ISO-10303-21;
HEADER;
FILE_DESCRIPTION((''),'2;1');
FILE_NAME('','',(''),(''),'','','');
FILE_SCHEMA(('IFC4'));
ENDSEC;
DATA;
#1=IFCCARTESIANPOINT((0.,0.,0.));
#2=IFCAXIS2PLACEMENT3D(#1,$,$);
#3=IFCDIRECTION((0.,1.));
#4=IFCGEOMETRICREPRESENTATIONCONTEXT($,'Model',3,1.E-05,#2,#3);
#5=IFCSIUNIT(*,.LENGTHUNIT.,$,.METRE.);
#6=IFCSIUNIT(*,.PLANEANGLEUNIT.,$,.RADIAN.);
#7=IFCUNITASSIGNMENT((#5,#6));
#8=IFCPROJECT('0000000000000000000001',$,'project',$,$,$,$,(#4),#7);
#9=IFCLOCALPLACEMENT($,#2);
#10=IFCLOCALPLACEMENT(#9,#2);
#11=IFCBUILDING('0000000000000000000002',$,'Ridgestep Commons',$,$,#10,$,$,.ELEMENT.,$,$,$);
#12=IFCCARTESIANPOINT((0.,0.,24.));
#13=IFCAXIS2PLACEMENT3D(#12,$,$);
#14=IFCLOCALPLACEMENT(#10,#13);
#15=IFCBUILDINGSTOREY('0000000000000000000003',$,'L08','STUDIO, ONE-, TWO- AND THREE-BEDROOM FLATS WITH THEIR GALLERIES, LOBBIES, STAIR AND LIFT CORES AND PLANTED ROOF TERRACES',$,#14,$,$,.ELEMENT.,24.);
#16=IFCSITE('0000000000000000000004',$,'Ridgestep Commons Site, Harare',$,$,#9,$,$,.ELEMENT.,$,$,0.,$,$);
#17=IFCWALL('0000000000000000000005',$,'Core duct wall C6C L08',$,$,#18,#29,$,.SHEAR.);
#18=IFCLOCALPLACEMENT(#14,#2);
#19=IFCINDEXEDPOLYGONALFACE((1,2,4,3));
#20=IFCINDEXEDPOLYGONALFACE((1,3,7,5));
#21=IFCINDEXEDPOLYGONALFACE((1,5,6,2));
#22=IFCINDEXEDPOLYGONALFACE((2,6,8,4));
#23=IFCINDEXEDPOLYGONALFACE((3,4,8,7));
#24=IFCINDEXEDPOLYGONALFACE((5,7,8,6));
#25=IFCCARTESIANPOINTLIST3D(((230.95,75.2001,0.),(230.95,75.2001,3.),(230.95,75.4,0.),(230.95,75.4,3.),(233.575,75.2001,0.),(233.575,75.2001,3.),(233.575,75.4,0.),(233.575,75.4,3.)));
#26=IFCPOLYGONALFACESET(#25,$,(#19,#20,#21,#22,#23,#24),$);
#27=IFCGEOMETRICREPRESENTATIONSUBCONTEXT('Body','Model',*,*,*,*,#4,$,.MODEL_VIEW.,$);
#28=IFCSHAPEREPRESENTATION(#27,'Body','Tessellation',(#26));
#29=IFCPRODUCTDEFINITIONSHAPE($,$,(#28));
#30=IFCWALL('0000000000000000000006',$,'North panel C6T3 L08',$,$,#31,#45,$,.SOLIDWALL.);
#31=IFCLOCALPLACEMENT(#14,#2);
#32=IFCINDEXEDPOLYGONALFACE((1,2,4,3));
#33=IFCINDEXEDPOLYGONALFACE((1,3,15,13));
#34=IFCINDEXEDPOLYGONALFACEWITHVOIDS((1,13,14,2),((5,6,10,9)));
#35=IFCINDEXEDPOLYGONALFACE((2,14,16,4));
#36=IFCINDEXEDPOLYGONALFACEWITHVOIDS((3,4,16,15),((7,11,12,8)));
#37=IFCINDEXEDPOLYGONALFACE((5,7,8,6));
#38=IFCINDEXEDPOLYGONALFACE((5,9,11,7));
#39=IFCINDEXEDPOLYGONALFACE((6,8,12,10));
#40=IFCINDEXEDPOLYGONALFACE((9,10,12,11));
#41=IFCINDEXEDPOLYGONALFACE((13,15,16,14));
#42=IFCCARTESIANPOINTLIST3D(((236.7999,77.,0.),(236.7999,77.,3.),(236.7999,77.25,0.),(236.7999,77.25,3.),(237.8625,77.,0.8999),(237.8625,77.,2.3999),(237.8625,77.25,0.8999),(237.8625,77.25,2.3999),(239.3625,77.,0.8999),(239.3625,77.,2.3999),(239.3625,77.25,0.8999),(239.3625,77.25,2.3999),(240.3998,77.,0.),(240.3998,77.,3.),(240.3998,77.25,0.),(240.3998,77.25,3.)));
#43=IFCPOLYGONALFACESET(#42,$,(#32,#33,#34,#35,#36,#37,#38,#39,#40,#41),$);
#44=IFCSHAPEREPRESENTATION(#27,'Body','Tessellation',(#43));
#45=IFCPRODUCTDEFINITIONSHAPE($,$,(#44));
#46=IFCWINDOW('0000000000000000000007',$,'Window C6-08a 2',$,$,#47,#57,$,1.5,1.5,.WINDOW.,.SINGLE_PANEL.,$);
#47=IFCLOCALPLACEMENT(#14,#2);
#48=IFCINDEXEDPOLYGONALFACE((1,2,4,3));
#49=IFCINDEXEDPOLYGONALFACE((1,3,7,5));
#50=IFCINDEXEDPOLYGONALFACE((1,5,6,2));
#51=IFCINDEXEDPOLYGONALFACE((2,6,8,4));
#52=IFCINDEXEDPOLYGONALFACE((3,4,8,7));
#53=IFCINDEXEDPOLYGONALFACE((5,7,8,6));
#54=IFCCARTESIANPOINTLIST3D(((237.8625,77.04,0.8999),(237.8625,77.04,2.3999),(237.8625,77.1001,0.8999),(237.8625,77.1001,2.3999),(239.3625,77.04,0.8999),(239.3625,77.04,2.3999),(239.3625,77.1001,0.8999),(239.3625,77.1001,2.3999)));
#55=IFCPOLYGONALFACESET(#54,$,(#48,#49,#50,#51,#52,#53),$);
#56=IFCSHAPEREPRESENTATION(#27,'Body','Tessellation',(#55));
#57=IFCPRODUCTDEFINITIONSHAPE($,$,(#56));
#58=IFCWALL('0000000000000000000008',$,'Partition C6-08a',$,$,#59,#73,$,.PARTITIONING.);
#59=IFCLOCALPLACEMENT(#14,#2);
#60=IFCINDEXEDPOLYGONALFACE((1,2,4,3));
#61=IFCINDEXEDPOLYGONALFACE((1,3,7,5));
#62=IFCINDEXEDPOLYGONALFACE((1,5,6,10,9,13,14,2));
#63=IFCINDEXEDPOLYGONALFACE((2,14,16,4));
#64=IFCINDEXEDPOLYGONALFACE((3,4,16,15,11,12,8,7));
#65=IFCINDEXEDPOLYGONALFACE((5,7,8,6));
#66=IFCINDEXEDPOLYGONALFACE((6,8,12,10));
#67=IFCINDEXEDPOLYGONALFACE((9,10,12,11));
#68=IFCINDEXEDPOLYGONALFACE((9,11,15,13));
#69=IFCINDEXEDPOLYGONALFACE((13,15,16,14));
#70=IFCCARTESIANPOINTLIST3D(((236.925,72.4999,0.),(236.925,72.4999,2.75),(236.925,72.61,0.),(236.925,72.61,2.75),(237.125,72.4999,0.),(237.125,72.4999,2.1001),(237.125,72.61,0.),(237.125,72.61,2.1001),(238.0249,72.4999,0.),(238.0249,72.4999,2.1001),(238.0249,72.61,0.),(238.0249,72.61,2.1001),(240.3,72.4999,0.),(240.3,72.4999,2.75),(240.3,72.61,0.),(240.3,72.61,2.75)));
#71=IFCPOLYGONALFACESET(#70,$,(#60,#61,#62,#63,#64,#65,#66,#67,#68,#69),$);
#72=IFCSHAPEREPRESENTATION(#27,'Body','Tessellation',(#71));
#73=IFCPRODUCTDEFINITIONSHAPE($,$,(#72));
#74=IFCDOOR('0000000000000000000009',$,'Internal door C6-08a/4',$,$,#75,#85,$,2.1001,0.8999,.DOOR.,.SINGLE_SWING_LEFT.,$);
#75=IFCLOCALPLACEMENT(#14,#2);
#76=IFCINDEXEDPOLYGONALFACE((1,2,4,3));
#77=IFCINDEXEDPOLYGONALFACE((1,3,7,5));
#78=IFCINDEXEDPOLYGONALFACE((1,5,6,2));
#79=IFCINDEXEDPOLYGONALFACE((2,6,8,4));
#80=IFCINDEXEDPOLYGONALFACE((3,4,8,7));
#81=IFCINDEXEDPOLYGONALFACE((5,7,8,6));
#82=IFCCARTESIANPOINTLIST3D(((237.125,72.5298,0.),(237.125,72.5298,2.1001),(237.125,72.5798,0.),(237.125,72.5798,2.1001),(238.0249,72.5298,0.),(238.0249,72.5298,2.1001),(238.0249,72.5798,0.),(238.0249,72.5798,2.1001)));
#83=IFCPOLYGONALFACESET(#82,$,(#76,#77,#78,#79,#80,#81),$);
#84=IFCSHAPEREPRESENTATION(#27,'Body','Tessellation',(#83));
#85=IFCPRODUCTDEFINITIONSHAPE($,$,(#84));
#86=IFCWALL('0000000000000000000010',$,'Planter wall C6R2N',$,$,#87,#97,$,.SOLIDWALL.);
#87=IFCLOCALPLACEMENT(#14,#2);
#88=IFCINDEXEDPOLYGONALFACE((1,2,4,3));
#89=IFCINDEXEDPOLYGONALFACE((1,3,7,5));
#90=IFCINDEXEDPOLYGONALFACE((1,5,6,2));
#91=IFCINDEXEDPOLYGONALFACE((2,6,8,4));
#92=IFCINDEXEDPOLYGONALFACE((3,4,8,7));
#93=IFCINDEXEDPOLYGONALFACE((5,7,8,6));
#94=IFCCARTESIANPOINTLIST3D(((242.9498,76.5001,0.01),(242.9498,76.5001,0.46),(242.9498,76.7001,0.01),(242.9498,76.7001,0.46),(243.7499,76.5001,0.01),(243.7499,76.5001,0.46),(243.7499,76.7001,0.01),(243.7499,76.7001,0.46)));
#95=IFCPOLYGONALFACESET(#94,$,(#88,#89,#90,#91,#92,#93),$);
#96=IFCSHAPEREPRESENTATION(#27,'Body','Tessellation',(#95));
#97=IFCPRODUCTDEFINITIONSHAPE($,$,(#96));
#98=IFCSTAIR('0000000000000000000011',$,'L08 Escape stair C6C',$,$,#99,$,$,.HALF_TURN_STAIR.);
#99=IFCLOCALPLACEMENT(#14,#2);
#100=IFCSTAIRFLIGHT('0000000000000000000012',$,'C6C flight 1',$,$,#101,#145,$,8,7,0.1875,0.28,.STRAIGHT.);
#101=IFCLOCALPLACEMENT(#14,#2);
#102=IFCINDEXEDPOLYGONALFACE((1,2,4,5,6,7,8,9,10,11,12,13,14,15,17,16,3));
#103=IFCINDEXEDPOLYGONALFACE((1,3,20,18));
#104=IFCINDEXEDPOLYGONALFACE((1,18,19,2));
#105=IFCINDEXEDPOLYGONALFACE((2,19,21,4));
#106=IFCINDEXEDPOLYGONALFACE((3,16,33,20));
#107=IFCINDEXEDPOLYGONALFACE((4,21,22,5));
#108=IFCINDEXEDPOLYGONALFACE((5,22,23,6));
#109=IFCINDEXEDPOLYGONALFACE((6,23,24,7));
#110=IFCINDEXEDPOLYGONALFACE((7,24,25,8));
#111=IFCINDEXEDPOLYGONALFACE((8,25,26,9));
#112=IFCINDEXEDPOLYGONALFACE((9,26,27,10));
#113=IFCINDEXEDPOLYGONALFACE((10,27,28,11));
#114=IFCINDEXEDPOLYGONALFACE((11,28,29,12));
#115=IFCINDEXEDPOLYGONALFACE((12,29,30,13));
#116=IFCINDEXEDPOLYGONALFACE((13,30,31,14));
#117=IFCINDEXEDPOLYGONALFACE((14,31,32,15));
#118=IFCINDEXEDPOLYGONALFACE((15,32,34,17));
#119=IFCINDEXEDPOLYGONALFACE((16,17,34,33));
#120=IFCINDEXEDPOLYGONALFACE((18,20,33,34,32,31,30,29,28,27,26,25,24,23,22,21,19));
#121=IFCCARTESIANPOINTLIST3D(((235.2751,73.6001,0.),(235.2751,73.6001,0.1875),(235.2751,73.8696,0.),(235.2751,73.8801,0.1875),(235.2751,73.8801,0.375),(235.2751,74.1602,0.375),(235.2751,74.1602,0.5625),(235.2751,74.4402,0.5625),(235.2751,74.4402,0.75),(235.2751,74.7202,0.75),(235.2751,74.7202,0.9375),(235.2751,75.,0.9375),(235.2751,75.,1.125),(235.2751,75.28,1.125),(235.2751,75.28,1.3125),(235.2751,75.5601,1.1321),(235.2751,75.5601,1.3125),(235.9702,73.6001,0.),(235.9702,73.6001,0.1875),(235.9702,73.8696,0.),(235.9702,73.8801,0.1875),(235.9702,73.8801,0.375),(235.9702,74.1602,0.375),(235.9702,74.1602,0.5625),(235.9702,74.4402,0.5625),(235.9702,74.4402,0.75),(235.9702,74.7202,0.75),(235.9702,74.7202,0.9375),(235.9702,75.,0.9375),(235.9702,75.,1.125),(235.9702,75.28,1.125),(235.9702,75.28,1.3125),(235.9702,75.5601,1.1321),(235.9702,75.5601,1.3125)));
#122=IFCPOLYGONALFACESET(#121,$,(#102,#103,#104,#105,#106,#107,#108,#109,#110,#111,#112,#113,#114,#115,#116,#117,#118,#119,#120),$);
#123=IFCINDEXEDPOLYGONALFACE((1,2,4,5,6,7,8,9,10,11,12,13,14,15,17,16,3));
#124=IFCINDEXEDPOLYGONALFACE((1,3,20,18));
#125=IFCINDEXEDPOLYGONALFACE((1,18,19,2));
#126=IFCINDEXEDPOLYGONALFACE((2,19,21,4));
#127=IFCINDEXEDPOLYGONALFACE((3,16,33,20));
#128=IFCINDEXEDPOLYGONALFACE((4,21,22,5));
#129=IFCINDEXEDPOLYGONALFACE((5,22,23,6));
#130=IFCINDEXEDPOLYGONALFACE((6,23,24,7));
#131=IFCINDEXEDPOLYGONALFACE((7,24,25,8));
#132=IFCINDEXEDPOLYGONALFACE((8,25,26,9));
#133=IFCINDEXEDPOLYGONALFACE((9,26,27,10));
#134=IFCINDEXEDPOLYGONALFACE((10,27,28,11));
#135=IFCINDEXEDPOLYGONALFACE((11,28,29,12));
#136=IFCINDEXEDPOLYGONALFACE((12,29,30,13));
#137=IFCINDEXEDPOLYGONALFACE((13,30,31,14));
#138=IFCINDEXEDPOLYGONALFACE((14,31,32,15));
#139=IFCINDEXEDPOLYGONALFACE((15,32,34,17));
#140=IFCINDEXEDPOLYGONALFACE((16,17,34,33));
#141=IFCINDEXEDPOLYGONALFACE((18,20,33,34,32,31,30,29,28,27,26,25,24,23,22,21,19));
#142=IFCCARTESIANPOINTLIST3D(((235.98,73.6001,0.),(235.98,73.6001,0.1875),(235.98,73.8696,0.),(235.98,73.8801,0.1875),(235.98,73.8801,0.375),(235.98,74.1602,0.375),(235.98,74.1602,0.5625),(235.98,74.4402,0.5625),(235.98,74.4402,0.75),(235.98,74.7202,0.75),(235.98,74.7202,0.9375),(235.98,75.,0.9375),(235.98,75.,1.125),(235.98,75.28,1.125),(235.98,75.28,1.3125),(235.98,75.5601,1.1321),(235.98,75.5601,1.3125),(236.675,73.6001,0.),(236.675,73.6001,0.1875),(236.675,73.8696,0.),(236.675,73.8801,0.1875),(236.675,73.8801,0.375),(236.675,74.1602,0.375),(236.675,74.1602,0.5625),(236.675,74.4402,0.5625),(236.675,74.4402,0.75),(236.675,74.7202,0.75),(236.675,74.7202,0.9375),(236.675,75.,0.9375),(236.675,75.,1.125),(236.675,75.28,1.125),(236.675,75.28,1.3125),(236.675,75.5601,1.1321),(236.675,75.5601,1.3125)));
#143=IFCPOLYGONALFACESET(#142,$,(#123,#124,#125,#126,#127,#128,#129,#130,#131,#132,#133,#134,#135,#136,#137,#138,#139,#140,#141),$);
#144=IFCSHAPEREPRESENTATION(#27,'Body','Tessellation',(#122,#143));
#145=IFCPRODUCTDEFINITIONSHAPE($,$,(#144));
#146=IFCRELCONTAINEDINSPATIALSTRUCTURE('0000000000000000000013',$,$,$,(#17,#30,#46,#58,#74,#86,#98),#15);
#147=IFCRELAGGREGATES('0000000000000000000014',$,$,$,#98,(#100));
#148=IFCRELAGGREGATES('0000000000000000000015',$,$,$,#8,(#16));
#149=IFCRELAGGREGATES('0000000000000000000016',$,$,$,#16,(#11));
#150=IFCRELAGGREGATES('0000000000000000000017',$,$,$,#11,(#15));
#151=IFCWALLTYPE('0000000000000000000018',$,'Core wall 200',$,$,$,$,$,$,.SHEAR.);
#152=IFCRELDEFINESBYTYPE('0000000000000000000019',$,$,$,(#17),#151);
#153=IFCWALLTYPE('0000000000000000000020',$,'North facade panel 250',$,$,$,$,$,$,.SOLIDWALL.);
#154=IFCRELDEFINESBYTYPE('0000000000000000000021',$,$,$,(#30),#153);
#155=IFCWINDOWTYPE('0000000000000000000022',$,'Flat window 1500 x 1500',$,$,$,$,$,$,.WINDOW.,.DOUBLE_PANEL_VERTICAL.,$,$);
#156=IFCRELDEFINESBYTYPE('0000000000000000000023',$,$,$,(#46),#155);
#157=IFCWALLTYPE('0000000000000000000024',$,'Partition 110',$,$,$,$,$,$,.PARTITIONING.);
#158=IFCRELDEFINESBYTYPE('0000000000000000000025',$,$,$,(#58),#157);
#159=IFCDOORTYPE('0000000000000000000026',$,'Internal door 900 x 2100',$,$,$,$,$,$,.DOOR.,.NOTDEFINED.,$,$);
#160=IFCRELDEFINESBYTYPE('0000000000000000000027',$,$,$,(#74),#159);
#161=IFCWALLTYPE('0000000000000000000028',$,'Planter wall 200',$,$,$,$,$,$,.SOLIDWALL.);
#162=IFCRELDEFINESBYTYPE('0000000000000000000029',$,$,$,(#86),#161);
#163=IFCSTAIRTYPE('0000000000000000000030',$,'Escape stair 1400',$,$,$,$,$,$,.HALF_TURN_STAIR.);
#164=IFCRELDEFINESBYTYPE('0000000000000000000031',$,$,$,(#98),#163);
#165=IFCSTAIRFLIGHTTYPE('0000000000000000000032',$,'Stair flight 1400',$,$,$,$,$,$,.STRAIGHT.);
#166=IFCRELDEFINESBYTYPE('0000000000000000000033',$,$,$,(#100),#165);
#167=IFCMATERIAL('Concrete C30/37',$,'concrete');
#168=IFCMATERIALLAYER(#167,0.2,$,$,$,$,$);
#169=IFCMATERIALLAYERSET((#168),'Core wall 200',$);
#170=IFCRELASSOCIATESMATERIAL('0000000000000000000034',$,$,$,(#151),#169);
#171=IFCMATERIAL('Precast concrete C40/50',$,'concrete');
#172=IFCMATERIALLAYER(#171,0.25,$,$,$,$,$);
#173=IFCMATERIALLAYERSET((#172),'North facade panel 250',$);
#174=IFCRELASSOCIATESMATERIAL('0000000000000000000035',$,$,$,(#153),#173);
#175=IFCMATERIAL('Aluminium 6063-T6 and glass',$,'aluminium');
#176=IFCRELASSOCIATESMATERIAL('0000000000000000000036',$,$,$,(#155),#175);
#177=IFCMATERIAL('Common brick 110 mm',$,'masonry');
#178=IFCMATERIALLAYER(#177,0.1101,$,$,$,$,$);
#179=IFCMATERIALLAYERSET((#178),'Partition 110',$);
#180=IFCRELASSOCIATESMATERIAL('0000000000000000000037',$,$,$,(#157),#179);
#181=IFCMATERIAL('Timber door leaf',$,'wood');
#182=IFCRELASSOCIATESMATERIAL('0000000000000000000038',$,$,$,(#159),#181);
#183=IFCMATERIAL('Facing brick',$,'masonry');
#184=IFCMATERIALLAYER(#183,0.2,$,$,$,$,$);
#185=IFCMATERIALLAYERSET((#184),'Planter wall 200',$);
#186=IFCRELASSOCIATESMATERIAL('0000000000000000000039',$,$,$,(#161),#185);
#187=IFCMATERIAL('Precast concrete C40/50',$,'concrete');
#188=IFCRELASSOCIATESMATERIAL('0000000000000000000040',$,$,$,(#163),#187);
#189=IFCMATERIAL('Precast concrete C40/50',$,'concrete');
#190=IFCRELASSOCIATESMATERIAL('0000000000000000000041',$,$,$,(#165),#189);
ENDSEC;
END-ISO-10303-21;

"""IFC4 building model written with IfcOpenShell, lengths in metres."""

from ifc_helpers import new_model, si_unit, direction, frame, frame_2d, origin, place, context, subcontext, project, spatial, polyline, rectangle, outline, extrude, material, layer, layer_set, type_object, element, fill, aggregate, save


model = new_model("IFC4")

# Units and contexts
model_context = context("Model", 3, precision=1e-05, world=origin(), true_north=direction((0.0, 1.0)))
body_context = subcontext(model_context, "Body", "Model", "MODEL_VIEW")
ifc_project = project(units=[si_unit("LENGTHUNIT", "METRE"), si_unit("PLANEANGLEUNIT", "RADIAN")], contexts=[model_context])

# Site, building, storey
site_placement = place(None, origin())
site = spatial("IfcSite", under=ifc_project, at=site_placement, Name="Ridgestep Commons Site, Harare", CompositionType="ELEMENT", RefElevation=0.0)
building_placement = place(site_placement, origin())
building = spatial("IfcBuilding", under=site, at=building_placement, Name="Ridgestep Commons", CompositionType="ELEMENT")
storey_placement = place(building_placement, frame((0.0, 0.0, 24.0)))
storey = spatial("IfcBuildingStorey", under=building, at=storey_placement, Name="L08", Description="STUDIO, ONE-, TWO- AND THREE-BEDROOM FLATS WITH THEIR GALLERIES, LOBBIES, STAIR AND LIFT CORES AND PLANTED ROOF TERRACES", CompositionType="ELEMENT", Elevation=24.0)

# Wall
ifc_material_1 = material(Name="Concrete C30/37", Category="concrete")
ifc_layer_1 = layer(ifc_material_1, 0.2)
ifc_layer_set_1 = layer_set([ifc_layer_1], Name="Core wall 200")
wall_type_1 = type_object("IfcWallType", Name="Core wall 200", PredefinedType="SHEAR", material=ifc_layer_set_1)
wall_1_placement = place(storey_placement, frame((230.95, 75.3, 0.0), z_axis=(0.0, 0.0, 1.0), x_axis=(1.0, 0.0, 0.0)))
element("IfcWall", 1, at=wall_1_placement, inside=storey, type_object=wall_type_1, Name="Core duct wall C6C L08", PredefinedType="SHEAR", context=body_context, shape_type="SweptSolid", body=[
    extrude(rectangle(XDim=2.625, YDim=0.2, at=frame_2d((1.3125, 0.0))), origin(), (0.0, 0.0, 1.0), 3.0),
])

# Wall, opening, window
ifc_material_2 = material(Name="Precast concrete C40/50", Category="concrete")
ifc_layer_2 = layer(ifc_material_2, 0.25)
ifc_layer_set_2 = layer_set([ifc_layer_2], Name="North facade panel 250")
wall_type_2 = type_object("IfcWallType", Name="North facade panel 250", PredefinedType="SOLIDWALL", material=ifc_layer_set_2)
wall_2_placement = place(storey_placement, frame((236.8, 77.125, 0.0), z_axis=(0.0, 0.0, 1.0), x_axis=(1.0, 0.0, 0.0)))
wall_2 = element("IfcWall", 2, at=wall_2_placement, inside=storey, type_object=wall_type_2, Name="North panel C6T3 L08", PredefinedType="SOLIDWALL", context=body_context, shape_type="SweptSolid", body=[
    extrude(rectangle(XDim=3.5999, YDim=0.25, at=frame_2d((1.7998, 0.0))), origin(), (0.0, 0.0, 1.0), 3.0),
])
opening_1_placement = place(wall_2_placement, frame((1.0625, 0.0, 0.8999)))
opening_1 = element("IfcOpeningElement", 3, at=opening_1_placement, cuts=wall_2, PredefinedType="OPENING", context=body_context, shape_type="SweptSolid", body=[
    extrude(rectangle(XDim=1.5, YDim=1.5, at=frame_2d((0.75, 0.75))), frame((0.0, 0.135, 0.0), z_axis=(0.0, -1.0, 0.0), x_axis=(1.0, 0.0, 0.0)), (0.0, 0.0, 1.0), 0.27),
])
ifc_material_3 = material(Name="Aluminium 6063-T6 and glass", Category="aluminium")
window_type = type_object("IfcWindowType", Name="Flat window 1500 x 1500", PartitioningType="DOUBLE_PANEL_VERTICAL", PredefinedType="WINDOW", material=ifc_material_3)
window_placement = place(opening_1_placement, origin())
window = element("IfcWindow", 4, at=window_placement, inside=storey, type_object=window_type, Name="Window C6-08a 2", OverallHeight=1.5, OverallWidth=1.5, PartitioningType="SINGLE_PANEL", PredefinedType="WINDOW", context=body_context, shape_type="SweptSolid", body=[
    extrude(rectangle(XDim=1.5, YDim=1.5, at=frame_2d((0.75, 0.75))), frame((0.0, -0.0249, 0.0), z_axis=(0.0, -1.0, 0.0), x_axis=(1.0, 0.0, 0.0)), (0.0, 0.0, 1.0), 0.0601),
])
fill(opening_1, window)

# Wall, opening, door
ifc_material_4 = material(Name="Common brick 110 mm", Category="masonry")
ifc_layer_3 = layer(ifc_material_4, 0.1101)
ifc_layer_set_3 = layer_set([ifc_layer_3], Name="Partition 110")
wall_type_3 = type_object("IfcWallType", Name="Partition 110", PredefinedType="PARTITIONING", material=ifc_layer_set_3)
wall_3_placement = place(storey_placement, frame((236.925, 72.5549, 0.0), z_axis=(0.0, 0.0, 1.0), x_axis=(1.0, 0.0, 0.0)))
wall_3 = element("IfcWall", 5, at=wall_3_placement, inside=storey, type_object=wall_type_3, Name="Partition C6-08a", PredefinedType="PARTITIONING", context=body_context, shape_type="SweptSolid", body=[
    extrude(rectangle(XDim=3.375, YDim=0.1101, at=frame_2d((1.6875, 0.0))), origin(), (0.0, 0.0, 1.0), 2.75),
])
opening_2_placement = place(wall_3_placement, frame((0.2, 0.0, 0.0)))
opening_2 = element("IfcOpeningElement", 6, at=opening_2_placement, cuts=wall_3, PredefinedType="OPENING", context=body_context, shape_type="SweptSolid", body=[
    extrude(rectangle(XDim=0.8999, YDim=2.1001, at=frame_2d((0.45, 1.05))), frame((0.0, 0.0649, 0.0), z_axis=(0.0, -1.0, 0.0), x_axis=(1.0, 0.0, 0.0)), (0.0, 0.0, 1.0), 0.1301),
])
ifc_material_5 = material(Name="Timber door leaf", Category="wood")
door_type = type_object("IfcDoorType", Name="Internal door 900 x 2100", OperationType="NOTDEFINED", PredefinedType="DOOR", material=ifc_material_5)
door_placement = place(opening_2_placement, origin())
door = element("IfcDoor", 7, at=door_placement, inside=storey, type_object=door_type, Name="Internal door C6-08a/4", OperationType="SINGLE_SWING_LEFT", OverallHeight=2.1001, OverallWidth=0.8999, PredefinedType="DOOR", context=body_context, shape_type="SweptSolid", body=[
    extrude(rectangle(XDim=0.8999, YDim=2.1001, at=frame_2d((0.45, 1.05))), frame((0.0, 0.0249, 0.0), z_axis=(0.0, -1.0, 0.0), x_axis=(1.0, 0.0, 0.0)), (0.0, 0.0, 1.0), 0.05),
])
fill(opening_2, door)

# Wall
ifc_material_6 = material(Name="Facing brick", Category="masonry")
ifc_layer_4 = layer(ifc_material_6, 0.2)
ifc_layer_set_4 = layer_set([ifc_layer_4], Name="Planter wall 200")
wall_type_4 = type_object("IfcWallType", Name="Planter wall 200", PredefinedType="SOLIDWALL", material=ifc_layer_set_4)
wall_4_placement = place(storey_placement, frame((242.95, 76.6001, 0.01), z_axis=(0.0, 0.0, 1.0), x_axis=(1.0, 0.0, 0.0)))
element("IfcWall", 8, at=wall_4_placement, inside=storey, type_object=wall_type_4, Name="Planter wall C6R2N", PredefinedType="SOLIDWALL", context=body_context, shape_type="SweptSolid", body=[
    extrude(rectangle(XDim=0.8, YDim=0.2, at=frame_2d((0.3999, 0.0))), origin(), (0.0, 0.0, 1.0), 0.45),
])

# Stair, stair flight
ifc_material_7 = material(Name="Precast concrete C40/50", Category="concrete")
stair_type = type_object("IfcStairType", Name="Escape stair 1400", PredefinedType="HALF_TURN_STAIR", material=ifc_material_7)
stair_placement = place(storey_placement, origin())
stair = element("IfcStair", 9, at=stair_placement, inside=storey, type_object=stair_type, Name="L08 Escape stair C6C", PredefinedType="HALF_TURN_STAIR")
ifc_material_8 = material(Name="Precast concrete C40/50", Category="concrete")
stair_flight_type = type_object("IfcStairFlightType", Name="Stair flight 1400", PredefinedType="STRAIGHT", material=ifc_material_8)
stair_flight_1_placement = place(storey_placement, frame((235.9751, 73.6001, 0.0), z_axis=(0.0, 0.0, 1.0), x_axis=(0.0, 1.0, 0.0)))
stair_flight_1 = element("IfcStairFlight", 10, at=stair_flight_1_placement, type_object=stair_flight_type, Name="C6C flight 1", NumberOfRisers=8, NumberOfTreads=7, PredefinedType="STRAIGHT", RiserHeight=0.1875, TreadLength=0.28, context=body_context, shape_type="SweptSolid", body=[
    extrude(outline(polyline([(0.0, 0.0), (0.0, 0.1875), (0.28, 0.1875), (0.28, 0.375), (0.5601, 0.375), (0.5601, 0.5625), (0.8401, 0.5625), (0.8401, 0.75), (1.1201, 0.75), (1.1201, 0.9375), (1.3999, 0.9375), (1.3999, 1.125), (1.6799, 1.125), (1.6799, 1.3125), (1.96, 1.3125), (1.96, 1.5), (1.96, 1.1321), (0.2695, 0.0), (0.0, 0.0)])), frame((0.0, 0.7, 0.0), z_axis=(0.0, -1.0, 0.0), x_axis=(1.0, 0.0, 0.0)), (0.0, 0.0, 1.0), 0.6951),
    extrude(outline(polyline([(0.0, 0.0), (0.0, 0.1875), (0.28, 0.1875), (0.28, 0.375), (0.5601, 0.375), (0.5601, 0.5625), (0.8401, 0.5625), (0.8401, 0.75), (1.1201, 0.75), (1.1201, 0.9375), (1.3999, 0.9375), (1.3999, 1.125), (1.6799, 1.125), (1.6799, 1.3125), (1.96, 1.3125), (1.96, 1.5), (1.96, 1.1321), (0.2695, 0.0), (0.0, 0.0)])), frame((0.0, -0.0049, 0.0), z_axis=(0.0, -1.0, 0.0), x_axis=(1.0, 0.0, 0.0)), (0.0, 0.0, 1.0), 0.6951),
])
aggregate(stair, [stair_flight_1])

save(model, "model.ifc")
